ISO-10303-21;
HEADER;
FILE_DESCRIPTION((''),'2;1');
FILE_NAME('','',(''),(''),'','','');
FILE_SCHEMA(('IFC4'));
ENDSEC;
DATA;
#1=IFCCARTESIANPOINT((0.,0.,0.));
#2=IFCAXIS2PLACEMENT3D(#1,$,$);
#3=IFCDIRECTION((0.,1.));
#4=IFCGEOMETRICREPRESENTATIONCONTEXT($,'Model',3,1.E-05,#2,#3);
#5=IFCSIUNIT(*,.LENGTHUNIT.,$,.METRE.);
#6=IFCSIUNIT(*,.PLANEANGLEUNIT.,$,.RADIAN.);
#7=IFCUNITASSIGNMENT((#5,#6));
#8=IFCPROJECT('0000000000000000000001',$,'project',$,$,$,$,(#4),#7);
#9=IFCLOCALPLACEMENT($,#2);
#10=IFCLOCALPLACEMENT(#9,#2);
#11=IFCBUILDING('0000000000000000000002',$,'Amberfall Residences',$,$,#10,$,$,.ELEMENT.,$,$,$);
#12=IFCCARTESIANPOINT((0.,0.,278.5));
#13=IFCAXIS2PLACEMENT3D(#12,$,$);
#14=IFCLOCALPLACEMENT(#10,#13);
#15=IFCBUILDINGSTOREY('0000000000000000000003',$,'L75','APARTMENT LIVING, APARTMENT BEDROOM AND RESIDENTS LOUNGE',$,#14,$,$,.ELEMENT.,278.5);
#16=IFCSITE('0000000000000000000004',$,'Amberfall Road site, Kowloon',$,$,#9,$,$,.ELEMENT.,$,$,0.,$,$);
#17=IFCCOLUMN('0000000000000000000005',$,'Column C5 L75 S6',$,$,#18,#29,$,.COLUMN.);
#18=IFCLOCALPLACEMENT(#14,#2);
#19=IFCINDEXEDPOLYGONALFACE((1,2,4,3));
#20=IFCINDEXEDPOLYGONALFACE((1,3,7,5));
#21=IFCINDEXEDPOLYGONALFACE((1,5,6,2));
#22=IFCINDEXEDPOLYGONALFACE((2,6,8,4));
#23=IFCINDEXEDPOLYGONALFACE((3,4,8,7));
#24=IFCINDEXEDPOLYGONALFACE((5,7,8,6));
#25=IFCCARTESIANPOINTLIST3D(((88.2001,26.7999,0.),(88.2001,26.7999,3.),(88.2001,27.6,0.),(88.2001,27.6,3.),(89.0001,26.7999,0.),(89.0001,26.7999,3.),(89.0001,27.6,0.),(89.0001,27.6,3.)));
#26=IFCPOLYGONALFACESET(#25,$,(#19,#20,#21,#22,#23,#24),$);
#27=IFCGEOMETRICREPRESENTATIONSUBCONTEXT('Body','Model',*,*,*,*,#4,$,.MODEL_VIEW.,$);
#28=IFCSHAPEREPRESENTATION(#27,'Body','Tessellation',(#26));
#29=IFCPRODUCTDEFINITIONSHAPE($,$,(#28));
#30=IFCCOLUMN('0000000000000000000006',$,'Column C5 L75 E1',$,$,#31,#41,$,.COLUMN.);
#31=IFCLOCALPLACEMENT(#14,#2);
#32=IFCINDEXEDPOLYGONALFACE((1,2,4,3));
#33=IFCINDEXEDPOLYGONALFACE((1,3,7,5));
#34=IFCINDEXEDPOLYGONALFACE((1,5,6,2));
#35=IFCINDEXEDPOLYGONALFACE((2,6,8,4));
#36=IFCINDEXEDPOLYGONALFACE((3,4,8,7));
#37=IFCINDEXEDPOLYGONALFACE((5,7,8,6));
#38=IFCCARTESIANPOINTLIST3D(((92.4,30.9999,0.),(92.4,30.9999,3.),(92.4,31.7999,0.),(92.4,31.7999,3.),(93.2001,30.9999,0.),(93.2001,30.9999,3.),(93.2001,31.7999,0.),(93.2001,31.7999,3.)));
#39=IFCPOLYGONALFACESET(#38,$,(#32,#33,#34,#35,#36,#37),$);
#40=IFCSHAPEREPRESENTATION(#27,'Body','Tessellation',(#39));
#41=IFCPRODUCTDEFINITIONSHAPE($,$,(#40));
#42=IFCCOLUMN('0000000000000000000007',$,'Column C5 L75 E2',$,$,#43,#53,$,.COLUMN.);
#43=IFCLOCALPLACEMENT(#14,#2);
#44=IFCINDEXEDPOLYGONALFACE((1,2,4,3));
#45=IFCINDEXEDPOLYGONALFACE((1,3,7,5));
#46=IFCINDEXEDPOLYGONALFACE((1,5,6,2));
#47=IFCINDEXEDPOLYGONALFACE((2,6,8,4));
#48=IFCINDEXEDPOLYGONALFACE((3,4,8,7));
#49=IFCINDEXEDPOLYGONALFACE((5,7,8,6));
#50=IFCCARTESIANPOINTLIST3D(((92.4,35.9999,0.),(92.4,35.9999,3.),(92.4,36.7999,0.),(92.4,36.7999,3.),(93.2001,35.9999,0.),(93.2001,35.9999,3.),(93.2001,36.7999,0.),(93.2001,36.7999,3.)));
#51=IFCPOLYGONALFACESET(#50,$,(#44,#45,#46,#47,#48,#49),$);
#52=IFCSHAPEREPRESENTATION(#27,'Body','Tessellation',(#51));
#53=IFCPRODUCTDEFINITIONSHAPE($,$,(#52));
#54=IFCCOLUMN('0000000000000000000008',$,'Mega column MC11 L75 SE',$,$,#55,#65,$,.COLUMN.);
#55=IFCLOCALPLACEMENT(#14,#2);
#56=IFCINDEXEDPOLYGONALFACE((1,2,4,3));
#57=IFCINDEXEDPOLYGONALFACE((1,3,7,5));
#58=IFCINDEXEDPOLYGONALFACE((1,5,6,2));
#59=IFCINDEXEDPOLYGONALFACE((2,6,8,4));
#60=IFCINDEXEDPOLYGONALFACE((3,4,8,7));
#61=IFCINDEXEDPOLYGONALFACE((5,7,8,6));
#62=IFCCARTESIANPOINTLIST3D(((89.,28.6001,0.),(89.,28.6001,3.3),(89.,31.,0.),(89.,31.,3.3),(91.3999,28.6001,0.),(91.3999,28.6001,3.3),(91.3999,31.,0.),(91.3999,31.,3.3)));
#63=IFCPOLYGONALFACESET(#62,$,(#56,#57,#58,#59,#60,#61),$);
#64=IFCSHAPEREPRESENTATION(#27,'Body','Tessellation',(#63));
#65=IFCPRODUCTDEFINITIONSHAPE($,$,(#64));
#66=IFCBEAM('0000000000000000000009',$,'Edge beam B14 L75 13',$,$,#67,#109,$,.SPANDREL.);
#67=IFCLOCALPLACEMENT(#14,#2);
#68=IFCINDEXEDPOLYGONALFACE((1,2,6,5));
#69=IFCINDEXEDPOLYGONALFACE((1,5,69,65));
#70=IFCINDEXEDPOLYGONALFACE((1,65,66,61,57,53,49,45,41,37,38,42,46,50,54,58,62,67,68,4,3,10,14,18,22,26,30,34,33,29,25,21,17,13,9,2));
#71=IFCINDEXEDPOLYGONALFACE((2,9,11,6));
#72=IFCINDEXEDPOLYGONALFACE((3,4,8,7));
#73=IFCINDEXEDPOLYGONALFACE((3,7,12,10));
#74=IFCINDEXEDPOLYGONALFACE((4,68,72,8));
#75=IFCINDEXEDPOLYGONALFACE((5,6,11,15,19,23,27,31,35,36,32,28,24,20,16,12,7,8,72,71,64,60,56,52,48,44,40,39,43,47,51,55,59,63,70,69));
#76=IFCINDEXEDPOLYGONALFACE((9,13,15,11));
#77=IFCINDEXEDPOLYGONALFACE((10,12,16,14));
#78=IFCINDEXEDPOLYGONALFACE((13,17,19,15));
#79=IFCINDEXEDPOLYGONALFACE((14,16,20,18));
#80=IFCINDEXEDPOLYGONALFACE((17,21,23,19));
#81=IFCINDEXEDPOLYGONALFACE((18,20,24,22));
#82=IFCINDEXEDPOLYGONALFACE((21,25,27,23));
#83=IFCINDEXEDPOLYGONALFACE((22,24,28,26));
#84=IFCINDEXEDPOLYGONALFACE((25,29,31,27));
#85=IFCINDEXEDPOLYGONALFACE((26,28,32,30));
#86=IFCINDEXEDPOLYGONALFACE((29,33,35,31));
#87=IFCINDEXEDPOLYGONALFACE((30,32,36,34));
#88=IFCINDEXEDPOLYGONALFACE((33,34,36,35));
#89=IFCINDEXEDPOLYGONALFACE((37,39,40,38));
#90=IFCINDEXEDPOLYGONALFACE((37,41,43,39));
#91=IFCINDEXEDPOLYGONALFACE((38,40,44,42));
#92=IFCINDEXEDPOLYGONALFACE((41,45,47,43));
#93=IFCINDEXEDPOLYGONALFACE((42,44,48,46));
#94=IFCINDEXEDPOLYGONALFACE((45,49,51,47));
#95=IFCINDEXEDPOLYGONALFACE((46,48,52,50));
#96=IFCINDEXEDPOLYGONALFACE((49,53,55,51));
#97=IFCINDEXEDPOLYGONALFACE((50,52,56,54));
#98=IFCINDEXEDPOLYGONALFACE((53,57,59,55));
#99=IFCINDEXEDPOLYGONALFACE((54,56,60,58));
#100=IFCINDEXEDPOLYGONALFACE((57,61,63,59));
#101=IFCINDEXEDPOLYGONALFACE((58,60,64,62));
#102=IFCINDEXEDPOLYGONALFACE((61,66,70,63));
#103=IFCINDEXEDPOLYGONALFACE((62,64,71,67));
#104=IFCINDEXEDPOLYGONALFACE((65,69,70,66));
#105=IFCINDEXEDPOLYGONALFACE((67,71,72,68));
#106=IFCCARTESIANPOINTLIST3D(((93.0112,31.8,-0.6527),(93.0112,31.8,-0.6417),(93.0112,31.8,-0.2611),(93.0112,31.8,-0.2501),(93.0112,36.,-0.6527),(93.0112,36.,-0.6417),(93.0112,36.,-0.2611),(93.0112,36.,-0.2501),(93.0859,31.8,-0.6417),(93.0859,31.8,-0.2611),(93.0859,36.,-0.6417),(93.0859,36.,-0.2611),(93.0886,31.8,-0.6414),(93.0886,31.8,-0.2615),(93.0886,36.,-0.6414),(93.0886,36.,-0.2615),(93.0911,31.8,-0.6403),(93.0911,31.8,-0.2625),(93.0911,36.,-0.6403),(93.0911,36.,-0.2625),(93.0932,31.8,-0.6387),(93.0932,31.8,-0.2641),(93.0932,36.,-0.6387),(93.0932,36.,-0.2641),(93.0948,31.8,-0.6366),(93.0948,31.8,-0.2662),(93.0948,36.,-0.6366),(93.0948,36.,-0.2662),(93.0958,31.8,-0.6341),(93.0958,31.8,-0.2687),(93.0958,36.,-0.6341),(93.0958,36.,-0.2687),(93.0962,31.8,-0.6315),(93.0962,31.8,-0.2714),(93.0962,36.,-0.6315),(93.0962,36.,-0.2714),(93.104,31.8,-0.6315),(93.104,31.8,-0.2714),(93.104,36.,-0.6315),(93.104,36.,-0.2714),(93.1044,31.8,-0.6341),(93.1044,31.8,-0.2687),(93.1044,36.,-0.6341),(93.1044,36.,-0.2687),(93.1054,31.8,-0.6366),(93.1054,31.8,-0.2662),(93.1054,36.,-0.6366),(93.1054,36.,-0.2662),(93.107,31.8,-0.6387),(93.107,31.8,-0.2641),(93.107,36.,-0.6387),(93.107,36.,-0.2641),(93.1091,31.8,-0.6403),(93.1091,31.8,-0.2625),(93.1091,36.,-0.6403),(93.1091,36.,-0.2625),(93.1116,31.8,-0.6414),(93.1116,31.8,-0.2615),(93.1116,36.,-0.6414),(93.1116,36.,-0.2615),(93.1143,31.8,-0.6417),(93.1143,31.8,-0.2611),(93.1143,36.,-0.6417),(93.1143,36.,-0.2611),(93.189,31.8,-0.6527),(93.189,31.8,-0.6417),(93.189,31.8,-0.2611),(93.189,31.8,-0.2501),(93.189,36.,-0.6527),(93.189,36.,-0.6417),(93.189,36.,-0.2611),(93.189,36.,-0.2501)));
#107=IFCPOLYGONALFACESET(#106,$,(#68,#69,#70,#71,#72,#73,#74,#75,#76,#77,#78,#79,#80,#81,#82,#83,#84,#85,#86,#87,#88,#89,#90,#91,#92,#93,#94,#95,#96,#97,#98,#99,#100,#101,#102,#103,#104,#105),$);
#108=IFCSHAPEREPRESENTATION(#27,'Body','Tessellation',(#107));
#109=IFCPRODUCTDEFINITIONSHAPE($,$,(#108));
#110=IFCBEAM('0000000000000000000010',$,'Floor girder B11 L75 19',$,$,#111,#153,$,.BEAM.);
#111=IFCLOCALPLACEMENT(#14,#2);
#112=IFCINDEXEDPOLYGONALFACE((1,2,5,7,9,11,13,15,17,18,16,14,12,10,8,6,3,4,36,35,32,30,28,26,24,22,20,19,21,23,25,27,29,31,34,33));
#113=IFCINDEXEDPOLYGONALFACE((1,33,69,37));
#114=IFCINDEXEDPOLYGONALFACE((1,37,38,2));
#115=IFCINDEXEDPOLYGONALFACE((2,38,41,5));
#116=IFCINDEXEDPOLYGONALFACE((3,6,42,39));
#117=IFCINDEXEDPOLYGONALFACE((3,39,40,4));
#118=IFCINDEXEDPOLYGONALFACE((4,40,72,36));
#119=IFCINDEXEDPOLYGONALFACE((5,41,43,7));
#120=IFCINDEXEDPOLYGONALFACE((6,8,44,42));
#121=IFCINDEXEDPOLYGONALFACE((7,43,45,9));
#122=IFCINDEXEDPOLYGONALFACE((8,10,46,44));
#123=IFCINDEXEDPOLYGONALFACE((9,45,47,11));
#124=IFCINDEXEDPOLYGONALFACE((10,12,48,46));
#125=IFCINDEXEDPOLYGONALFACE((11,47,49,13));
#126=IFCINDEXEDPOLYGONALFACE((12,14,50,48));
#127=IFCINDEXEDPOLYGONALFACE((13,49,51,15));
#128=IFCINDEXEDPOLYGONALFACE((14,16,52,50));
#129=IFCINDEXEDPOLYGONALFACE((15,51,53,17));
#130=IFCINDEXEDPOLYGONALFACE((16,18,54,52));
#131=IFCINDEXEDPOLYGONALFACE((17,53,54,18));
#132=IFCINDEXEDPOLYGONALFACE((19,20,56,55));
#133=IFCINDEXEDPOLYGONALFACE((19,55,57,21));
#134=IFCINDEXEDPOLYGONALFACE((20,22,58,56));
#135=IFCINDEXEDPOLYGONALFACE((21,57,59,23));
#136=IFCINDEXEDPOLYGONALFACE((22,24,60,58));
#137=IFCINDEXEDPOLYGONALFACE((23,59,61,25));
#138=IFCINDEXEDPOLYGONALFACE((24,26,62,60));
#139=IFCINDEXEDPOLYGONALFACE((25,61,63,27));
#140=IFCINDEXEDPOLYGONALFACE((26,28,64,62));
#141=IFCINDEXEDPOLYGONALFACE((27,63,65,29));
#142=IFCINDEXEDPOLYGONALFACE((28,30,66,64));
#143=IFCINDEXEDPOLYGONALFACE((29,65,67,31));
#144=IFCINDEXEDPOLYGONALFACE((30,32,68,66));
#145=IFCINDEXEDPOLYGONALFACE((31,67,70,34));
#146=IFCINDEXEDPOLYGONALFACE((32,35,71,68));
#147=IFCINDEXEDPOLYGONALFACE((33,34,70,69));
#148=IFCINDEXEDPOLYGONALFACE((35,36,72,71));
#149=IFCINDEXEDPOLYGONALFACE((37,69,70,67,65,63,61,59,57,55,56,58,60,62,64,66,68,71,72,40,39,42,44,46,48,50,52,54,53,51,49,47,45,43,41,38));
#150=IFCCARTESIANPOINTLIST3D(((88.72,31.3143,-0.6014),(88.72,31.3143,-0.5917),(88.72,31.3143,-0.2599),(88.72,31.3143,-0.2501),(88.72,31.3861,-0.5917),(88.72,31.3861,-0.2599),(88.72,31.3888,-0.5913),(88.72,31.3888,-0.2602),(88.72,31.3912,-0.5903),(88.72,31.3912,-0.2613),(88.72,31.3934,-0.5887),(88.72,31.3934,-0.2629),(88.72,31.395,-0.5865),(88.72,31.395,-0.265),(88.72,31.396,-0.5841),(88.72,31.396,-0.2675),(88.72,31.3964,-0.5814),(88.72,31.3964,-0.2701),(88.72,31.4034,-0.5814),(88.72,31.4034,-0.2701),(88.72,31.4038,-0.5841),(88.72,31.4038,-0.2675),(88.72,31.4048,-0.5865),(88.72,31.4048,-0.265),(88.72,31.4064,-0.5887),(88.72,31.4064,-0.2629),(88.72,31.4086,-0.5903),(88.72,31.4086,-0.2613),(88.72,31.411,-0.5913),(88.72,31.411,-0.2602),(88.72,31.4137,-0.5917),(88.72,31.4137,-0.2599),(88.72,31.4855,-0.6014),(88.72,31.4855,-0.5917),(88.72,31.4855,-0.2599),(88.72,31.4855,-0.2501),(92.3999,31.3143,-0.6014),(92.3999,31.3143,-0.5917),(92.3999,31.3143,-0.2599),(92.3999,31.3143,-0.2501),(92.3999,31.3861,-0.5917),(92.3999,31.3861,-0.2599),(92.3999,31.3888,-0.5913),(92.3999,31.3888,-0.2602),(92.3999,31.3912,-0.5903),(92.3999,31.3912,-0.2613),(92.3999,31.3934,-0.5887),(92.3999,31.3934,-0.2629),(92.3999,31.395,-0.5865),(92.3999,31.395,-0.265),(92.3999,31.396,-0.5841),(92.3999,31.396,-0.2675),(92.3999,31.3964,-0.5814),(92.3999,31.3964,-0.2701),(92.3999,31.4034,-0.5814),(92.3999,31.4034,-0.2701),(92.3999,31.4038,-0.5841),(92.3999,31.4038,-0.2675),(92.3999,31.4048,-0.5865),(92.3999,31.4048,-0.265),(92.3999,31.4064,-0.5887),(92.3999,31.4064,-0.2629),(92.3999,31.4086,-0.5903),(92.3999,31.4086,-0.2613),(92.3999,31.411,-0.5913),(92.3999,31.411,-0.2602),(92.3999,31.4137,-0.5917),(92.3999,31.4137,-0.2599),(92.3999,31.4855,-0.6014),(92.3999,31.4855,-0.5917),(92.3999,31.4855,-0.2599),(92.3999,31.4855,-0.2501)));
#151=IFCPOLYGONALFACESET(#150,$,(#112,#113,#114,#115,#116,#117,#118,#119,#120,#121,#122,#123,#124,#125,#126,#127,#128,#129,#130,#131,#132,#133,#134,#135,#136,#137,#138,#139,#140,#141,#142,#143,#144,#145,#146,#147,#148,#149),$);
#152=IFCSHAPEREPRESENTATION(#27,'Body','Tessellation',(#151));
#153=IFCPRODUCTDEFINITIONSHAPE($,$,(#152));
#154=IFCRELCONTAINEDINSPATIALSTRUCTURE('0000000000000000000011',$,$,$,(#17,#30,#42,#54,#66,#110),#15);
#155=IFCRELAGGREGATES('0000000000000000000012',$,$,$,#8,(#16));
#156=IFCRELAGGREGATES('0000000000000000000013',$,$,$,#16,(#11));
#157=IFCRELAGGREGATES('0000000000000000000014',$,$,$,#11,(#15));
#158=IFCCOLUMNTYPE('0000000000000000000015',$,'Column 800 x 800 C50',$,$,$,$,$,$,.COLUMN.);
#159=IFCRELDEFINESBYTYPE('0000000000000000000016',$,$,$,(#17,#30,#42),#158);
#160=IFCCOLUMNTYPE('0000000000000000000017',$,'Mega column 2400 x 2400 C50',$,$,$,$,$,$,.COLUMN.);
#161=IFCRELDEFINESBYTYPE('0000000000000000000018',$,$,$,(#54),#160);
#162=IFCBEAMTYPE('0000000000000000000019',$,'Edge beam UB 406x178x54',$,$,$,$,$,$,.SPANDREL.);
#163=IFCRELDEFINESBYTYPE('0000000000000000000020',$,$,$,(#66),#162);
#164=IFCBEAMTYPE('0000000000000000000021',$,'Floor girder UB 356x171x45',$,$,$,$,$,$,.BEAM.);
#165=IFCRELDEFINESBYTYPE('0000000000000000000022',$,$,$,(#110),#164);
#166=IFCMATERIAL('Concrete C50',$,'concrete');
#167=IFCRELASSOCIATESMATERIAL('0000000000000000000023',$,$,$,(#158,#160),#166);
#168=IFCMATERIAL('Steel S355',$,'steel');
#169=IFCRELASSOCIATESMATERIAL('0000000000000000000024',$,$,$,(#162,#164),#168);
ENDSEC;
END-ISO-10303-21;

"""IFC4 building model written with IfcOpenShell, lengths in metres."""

from ifc_helpers import new_model, si_unit, direction, frame, origin, origin_2d, place, context, subcontext, project, spatial, rectangle, i_section, extrude, material, material_profile, profile_set, type_object, element, save


model = new_model("IFC4")

# Units and contexts
model_context = context("Model", 3, precision=1e-05, world=origin(), true_north=direction((0.0, 1.0)))
body_context = subcontext(model_context, "Body", "Model", "MODEL_VIEW")
ifc_project = project(units=[si_unit("LENGTHUNIT", "METRE"), si_unit("PLANEANGLEUNIT", "RADIAN")], contexts=[model_context])

# Site, building, storey
site_placement = place(None, origin())
site = spatial("IfcSite", under=ifc_project, at=site_placement, Name="Amberfall Road site, Kowloon", CompositionType="ELEMENT", RefElevation=0.0)
building_placement = place(site_placement, origin())
building = spatial("IfcBuilding", under=site, at=building_placement, Name="Amberfall Residences", CompositionType="ELEMENT")
storey_placement = place(building_placement, frame((0.0, 0.0, 278.5)))
storey = spatial("IfcBuildingStorey", under=building, at=storey_placement, Name="L75", Description="APARTMENT LIVING, APARTMENT BEDROOM AND RESIDENTS LOUNGE", CompositionType="ELEMENT", Elevation=278.5)

# Columns
ifc_material_1 = material(Name="Concrete C50", Category="concrete")
ifc_material_profile_1 = material_profile(ifc_material_1, rectangle(XDim=0.8, YDim=0.8, at=origin_2d()), Name="Column 800 x 800 C50")
ifc_profile_set_1 = profile_set([ifc_material_profile_1], Name="Concrete C50")
column_type_1 = type_object("IfcColumnType", Name="Column 800 x 800 C50", PredefinedType="COLUMN", material=ifc_profile_set_1)
for number, where, z_axis, x_axis, name in (
    (1, (88.6001, 27.2, 0.0), (0.0, 0.0, 1.0), (1.0, 0.0, 0.0), "Column C5 L75 S6"),
    (2, (92.8, 31.3999, 0.0), (0.0, 0.0, 1.0), (1.0, 0.0, 0.0), "Column C5 L75 E1"),
    (3, (92.8, 36.3999, 0.0), (0.0, 0.0, 1.0), (1.0, 0.0, 0.0), "Column C5 L75 E2"),
):
    element("IfcColumn", number, at=place(storey_placement, frame(where, z_axis=z_axis, x_axis=x_axis)), inside=storey, type_object=column_type_1, Name=name, PredefinedType="COLUMN", context=body_context, shape_type="SweptSolid", body=[
        extrude(rectangle(XDim=0.8, YDim=0.8, at=origin_2d()), origin(), (0.0, 0.0, 1.0), 3.0),
    ])
ifc_material_profile_2 = material_profile(ifc_material_1, rectangle(XDim=2.3999, YDim=2.3999, at=origin_2d()), Name="Mega column 2400 x 2400 C50")
ifc_profile_set_2 = profile_set([ifc_material_profile_2], Name="Concrete C50")
column_type_2 = type_object("IfcColumnType", Name="Mega column 2400 x 2400 C50", PredefinedType="COLUMN", material=ifc_profile_set_2)
column_placement = place(storey_placement, frame((90.2, 29.8, 0.0), z_axis=(0.0, 0.0, 1.0), x_axis=(1.0, 0.0, 0.0)))
element("IfcColumn", 4, at=column_placement, inside=storey, type_object=column_type_2, Name="Mega column MC11 L75 SE", PredefinedType="COLUMN", context=body_context, shape_type="SweptSolid", body=[
    extrude(rectangle(XDim=2.3999, YDim=2.3999, at=origin_2d()), origin(), (0.0, 0.0, 1.0), 3.3),
])

# Beams
ifc_material_2 = material(Name="Steel S355", Category="steel")
ifc_material_profile_3 = material_profile(ifc_material_2, i_section(OverallWidth=0.1777, OverallDepth=0.4026, WebThickness=0.0078, FlangeThickness=0.011, FilletRadius=0.0103, at=origin_2d()), Name="UB 406x178x54")
ifc_profile_set_3 = profile_set([ifc_material_profile_3], Name="Steel S355")
beam_type_1 = type_object("IfcBeamType", Name="Edge beam UB 406x178x54", PredefinedType="SPANDREL", material=ifc_profile_set_3)
beam_1_placement = place(storey_placement, frame((93.1001, 31.8, -0.4514), z_axis=(0.0, 1.0, 0.0), x_axis=(-1.0, 0.0, 0.0)))
element("IfcBeam", 5, at=beam_1_placement, inside=storey, type_object=beam_type_1, Name="Edge beam B14 L75 13", PredefinedType="SPANDREL", context=body_context, shape_type="SweptSolid", body=[
    extrude(i_section(OverallWidth=0.1777, OverallDepth=0.4026, WebThickness=0.0078, FlangeThickness=0.011, FilletRadius=0.0103, at=origin_2d()), origin(), (0.0, 0.0, 1.0), 4.2),
])
ifc_material_profile_4 = material_profile(ifc_material_2, i_section(OverallWidth=0.1711, OverallDepth=0.3513, WebThickness=0.0071, FlangeThickness=0.0098, FilletRadius=0.0103, at=origin_2d()), Name="UB 356x171x45")
ifc_profile_set_4 = profile_set([ifc_material_profile_4], Name="Steel S355")
beam_type_2 = type_object("IfcBeamType", Name="Floor girder UB 356x171x45", PredefinedType="BEAM", material=ifc_profile_set_4)
beam_2_placement = place(storey_placement, frame((92.3999, 31.3999, -0.4258), z_axis=(-1.0, 0.0, 0.0), x_axis=(0.0, -1.0, 0.0)))
element("IfcBeam", 6, at=beam_2_placement, inside=storey, type_object=beam_type_2, Name="Floor girder B11 L75 19", PredefinedType="BEAM", context=body_context, shape_type="SweptSolid", body=[
    extrude(i_section(OverallWidth=0.1711, OverallDepth=0.3513, WebThickness=0.0071, FlangeThickness=0.0098, FilletRadius=0.0103, at=origin_2d()), origin(), (0.0, 0.0, 1.0), 3.6799),
])

save(model, "model.ifc")
